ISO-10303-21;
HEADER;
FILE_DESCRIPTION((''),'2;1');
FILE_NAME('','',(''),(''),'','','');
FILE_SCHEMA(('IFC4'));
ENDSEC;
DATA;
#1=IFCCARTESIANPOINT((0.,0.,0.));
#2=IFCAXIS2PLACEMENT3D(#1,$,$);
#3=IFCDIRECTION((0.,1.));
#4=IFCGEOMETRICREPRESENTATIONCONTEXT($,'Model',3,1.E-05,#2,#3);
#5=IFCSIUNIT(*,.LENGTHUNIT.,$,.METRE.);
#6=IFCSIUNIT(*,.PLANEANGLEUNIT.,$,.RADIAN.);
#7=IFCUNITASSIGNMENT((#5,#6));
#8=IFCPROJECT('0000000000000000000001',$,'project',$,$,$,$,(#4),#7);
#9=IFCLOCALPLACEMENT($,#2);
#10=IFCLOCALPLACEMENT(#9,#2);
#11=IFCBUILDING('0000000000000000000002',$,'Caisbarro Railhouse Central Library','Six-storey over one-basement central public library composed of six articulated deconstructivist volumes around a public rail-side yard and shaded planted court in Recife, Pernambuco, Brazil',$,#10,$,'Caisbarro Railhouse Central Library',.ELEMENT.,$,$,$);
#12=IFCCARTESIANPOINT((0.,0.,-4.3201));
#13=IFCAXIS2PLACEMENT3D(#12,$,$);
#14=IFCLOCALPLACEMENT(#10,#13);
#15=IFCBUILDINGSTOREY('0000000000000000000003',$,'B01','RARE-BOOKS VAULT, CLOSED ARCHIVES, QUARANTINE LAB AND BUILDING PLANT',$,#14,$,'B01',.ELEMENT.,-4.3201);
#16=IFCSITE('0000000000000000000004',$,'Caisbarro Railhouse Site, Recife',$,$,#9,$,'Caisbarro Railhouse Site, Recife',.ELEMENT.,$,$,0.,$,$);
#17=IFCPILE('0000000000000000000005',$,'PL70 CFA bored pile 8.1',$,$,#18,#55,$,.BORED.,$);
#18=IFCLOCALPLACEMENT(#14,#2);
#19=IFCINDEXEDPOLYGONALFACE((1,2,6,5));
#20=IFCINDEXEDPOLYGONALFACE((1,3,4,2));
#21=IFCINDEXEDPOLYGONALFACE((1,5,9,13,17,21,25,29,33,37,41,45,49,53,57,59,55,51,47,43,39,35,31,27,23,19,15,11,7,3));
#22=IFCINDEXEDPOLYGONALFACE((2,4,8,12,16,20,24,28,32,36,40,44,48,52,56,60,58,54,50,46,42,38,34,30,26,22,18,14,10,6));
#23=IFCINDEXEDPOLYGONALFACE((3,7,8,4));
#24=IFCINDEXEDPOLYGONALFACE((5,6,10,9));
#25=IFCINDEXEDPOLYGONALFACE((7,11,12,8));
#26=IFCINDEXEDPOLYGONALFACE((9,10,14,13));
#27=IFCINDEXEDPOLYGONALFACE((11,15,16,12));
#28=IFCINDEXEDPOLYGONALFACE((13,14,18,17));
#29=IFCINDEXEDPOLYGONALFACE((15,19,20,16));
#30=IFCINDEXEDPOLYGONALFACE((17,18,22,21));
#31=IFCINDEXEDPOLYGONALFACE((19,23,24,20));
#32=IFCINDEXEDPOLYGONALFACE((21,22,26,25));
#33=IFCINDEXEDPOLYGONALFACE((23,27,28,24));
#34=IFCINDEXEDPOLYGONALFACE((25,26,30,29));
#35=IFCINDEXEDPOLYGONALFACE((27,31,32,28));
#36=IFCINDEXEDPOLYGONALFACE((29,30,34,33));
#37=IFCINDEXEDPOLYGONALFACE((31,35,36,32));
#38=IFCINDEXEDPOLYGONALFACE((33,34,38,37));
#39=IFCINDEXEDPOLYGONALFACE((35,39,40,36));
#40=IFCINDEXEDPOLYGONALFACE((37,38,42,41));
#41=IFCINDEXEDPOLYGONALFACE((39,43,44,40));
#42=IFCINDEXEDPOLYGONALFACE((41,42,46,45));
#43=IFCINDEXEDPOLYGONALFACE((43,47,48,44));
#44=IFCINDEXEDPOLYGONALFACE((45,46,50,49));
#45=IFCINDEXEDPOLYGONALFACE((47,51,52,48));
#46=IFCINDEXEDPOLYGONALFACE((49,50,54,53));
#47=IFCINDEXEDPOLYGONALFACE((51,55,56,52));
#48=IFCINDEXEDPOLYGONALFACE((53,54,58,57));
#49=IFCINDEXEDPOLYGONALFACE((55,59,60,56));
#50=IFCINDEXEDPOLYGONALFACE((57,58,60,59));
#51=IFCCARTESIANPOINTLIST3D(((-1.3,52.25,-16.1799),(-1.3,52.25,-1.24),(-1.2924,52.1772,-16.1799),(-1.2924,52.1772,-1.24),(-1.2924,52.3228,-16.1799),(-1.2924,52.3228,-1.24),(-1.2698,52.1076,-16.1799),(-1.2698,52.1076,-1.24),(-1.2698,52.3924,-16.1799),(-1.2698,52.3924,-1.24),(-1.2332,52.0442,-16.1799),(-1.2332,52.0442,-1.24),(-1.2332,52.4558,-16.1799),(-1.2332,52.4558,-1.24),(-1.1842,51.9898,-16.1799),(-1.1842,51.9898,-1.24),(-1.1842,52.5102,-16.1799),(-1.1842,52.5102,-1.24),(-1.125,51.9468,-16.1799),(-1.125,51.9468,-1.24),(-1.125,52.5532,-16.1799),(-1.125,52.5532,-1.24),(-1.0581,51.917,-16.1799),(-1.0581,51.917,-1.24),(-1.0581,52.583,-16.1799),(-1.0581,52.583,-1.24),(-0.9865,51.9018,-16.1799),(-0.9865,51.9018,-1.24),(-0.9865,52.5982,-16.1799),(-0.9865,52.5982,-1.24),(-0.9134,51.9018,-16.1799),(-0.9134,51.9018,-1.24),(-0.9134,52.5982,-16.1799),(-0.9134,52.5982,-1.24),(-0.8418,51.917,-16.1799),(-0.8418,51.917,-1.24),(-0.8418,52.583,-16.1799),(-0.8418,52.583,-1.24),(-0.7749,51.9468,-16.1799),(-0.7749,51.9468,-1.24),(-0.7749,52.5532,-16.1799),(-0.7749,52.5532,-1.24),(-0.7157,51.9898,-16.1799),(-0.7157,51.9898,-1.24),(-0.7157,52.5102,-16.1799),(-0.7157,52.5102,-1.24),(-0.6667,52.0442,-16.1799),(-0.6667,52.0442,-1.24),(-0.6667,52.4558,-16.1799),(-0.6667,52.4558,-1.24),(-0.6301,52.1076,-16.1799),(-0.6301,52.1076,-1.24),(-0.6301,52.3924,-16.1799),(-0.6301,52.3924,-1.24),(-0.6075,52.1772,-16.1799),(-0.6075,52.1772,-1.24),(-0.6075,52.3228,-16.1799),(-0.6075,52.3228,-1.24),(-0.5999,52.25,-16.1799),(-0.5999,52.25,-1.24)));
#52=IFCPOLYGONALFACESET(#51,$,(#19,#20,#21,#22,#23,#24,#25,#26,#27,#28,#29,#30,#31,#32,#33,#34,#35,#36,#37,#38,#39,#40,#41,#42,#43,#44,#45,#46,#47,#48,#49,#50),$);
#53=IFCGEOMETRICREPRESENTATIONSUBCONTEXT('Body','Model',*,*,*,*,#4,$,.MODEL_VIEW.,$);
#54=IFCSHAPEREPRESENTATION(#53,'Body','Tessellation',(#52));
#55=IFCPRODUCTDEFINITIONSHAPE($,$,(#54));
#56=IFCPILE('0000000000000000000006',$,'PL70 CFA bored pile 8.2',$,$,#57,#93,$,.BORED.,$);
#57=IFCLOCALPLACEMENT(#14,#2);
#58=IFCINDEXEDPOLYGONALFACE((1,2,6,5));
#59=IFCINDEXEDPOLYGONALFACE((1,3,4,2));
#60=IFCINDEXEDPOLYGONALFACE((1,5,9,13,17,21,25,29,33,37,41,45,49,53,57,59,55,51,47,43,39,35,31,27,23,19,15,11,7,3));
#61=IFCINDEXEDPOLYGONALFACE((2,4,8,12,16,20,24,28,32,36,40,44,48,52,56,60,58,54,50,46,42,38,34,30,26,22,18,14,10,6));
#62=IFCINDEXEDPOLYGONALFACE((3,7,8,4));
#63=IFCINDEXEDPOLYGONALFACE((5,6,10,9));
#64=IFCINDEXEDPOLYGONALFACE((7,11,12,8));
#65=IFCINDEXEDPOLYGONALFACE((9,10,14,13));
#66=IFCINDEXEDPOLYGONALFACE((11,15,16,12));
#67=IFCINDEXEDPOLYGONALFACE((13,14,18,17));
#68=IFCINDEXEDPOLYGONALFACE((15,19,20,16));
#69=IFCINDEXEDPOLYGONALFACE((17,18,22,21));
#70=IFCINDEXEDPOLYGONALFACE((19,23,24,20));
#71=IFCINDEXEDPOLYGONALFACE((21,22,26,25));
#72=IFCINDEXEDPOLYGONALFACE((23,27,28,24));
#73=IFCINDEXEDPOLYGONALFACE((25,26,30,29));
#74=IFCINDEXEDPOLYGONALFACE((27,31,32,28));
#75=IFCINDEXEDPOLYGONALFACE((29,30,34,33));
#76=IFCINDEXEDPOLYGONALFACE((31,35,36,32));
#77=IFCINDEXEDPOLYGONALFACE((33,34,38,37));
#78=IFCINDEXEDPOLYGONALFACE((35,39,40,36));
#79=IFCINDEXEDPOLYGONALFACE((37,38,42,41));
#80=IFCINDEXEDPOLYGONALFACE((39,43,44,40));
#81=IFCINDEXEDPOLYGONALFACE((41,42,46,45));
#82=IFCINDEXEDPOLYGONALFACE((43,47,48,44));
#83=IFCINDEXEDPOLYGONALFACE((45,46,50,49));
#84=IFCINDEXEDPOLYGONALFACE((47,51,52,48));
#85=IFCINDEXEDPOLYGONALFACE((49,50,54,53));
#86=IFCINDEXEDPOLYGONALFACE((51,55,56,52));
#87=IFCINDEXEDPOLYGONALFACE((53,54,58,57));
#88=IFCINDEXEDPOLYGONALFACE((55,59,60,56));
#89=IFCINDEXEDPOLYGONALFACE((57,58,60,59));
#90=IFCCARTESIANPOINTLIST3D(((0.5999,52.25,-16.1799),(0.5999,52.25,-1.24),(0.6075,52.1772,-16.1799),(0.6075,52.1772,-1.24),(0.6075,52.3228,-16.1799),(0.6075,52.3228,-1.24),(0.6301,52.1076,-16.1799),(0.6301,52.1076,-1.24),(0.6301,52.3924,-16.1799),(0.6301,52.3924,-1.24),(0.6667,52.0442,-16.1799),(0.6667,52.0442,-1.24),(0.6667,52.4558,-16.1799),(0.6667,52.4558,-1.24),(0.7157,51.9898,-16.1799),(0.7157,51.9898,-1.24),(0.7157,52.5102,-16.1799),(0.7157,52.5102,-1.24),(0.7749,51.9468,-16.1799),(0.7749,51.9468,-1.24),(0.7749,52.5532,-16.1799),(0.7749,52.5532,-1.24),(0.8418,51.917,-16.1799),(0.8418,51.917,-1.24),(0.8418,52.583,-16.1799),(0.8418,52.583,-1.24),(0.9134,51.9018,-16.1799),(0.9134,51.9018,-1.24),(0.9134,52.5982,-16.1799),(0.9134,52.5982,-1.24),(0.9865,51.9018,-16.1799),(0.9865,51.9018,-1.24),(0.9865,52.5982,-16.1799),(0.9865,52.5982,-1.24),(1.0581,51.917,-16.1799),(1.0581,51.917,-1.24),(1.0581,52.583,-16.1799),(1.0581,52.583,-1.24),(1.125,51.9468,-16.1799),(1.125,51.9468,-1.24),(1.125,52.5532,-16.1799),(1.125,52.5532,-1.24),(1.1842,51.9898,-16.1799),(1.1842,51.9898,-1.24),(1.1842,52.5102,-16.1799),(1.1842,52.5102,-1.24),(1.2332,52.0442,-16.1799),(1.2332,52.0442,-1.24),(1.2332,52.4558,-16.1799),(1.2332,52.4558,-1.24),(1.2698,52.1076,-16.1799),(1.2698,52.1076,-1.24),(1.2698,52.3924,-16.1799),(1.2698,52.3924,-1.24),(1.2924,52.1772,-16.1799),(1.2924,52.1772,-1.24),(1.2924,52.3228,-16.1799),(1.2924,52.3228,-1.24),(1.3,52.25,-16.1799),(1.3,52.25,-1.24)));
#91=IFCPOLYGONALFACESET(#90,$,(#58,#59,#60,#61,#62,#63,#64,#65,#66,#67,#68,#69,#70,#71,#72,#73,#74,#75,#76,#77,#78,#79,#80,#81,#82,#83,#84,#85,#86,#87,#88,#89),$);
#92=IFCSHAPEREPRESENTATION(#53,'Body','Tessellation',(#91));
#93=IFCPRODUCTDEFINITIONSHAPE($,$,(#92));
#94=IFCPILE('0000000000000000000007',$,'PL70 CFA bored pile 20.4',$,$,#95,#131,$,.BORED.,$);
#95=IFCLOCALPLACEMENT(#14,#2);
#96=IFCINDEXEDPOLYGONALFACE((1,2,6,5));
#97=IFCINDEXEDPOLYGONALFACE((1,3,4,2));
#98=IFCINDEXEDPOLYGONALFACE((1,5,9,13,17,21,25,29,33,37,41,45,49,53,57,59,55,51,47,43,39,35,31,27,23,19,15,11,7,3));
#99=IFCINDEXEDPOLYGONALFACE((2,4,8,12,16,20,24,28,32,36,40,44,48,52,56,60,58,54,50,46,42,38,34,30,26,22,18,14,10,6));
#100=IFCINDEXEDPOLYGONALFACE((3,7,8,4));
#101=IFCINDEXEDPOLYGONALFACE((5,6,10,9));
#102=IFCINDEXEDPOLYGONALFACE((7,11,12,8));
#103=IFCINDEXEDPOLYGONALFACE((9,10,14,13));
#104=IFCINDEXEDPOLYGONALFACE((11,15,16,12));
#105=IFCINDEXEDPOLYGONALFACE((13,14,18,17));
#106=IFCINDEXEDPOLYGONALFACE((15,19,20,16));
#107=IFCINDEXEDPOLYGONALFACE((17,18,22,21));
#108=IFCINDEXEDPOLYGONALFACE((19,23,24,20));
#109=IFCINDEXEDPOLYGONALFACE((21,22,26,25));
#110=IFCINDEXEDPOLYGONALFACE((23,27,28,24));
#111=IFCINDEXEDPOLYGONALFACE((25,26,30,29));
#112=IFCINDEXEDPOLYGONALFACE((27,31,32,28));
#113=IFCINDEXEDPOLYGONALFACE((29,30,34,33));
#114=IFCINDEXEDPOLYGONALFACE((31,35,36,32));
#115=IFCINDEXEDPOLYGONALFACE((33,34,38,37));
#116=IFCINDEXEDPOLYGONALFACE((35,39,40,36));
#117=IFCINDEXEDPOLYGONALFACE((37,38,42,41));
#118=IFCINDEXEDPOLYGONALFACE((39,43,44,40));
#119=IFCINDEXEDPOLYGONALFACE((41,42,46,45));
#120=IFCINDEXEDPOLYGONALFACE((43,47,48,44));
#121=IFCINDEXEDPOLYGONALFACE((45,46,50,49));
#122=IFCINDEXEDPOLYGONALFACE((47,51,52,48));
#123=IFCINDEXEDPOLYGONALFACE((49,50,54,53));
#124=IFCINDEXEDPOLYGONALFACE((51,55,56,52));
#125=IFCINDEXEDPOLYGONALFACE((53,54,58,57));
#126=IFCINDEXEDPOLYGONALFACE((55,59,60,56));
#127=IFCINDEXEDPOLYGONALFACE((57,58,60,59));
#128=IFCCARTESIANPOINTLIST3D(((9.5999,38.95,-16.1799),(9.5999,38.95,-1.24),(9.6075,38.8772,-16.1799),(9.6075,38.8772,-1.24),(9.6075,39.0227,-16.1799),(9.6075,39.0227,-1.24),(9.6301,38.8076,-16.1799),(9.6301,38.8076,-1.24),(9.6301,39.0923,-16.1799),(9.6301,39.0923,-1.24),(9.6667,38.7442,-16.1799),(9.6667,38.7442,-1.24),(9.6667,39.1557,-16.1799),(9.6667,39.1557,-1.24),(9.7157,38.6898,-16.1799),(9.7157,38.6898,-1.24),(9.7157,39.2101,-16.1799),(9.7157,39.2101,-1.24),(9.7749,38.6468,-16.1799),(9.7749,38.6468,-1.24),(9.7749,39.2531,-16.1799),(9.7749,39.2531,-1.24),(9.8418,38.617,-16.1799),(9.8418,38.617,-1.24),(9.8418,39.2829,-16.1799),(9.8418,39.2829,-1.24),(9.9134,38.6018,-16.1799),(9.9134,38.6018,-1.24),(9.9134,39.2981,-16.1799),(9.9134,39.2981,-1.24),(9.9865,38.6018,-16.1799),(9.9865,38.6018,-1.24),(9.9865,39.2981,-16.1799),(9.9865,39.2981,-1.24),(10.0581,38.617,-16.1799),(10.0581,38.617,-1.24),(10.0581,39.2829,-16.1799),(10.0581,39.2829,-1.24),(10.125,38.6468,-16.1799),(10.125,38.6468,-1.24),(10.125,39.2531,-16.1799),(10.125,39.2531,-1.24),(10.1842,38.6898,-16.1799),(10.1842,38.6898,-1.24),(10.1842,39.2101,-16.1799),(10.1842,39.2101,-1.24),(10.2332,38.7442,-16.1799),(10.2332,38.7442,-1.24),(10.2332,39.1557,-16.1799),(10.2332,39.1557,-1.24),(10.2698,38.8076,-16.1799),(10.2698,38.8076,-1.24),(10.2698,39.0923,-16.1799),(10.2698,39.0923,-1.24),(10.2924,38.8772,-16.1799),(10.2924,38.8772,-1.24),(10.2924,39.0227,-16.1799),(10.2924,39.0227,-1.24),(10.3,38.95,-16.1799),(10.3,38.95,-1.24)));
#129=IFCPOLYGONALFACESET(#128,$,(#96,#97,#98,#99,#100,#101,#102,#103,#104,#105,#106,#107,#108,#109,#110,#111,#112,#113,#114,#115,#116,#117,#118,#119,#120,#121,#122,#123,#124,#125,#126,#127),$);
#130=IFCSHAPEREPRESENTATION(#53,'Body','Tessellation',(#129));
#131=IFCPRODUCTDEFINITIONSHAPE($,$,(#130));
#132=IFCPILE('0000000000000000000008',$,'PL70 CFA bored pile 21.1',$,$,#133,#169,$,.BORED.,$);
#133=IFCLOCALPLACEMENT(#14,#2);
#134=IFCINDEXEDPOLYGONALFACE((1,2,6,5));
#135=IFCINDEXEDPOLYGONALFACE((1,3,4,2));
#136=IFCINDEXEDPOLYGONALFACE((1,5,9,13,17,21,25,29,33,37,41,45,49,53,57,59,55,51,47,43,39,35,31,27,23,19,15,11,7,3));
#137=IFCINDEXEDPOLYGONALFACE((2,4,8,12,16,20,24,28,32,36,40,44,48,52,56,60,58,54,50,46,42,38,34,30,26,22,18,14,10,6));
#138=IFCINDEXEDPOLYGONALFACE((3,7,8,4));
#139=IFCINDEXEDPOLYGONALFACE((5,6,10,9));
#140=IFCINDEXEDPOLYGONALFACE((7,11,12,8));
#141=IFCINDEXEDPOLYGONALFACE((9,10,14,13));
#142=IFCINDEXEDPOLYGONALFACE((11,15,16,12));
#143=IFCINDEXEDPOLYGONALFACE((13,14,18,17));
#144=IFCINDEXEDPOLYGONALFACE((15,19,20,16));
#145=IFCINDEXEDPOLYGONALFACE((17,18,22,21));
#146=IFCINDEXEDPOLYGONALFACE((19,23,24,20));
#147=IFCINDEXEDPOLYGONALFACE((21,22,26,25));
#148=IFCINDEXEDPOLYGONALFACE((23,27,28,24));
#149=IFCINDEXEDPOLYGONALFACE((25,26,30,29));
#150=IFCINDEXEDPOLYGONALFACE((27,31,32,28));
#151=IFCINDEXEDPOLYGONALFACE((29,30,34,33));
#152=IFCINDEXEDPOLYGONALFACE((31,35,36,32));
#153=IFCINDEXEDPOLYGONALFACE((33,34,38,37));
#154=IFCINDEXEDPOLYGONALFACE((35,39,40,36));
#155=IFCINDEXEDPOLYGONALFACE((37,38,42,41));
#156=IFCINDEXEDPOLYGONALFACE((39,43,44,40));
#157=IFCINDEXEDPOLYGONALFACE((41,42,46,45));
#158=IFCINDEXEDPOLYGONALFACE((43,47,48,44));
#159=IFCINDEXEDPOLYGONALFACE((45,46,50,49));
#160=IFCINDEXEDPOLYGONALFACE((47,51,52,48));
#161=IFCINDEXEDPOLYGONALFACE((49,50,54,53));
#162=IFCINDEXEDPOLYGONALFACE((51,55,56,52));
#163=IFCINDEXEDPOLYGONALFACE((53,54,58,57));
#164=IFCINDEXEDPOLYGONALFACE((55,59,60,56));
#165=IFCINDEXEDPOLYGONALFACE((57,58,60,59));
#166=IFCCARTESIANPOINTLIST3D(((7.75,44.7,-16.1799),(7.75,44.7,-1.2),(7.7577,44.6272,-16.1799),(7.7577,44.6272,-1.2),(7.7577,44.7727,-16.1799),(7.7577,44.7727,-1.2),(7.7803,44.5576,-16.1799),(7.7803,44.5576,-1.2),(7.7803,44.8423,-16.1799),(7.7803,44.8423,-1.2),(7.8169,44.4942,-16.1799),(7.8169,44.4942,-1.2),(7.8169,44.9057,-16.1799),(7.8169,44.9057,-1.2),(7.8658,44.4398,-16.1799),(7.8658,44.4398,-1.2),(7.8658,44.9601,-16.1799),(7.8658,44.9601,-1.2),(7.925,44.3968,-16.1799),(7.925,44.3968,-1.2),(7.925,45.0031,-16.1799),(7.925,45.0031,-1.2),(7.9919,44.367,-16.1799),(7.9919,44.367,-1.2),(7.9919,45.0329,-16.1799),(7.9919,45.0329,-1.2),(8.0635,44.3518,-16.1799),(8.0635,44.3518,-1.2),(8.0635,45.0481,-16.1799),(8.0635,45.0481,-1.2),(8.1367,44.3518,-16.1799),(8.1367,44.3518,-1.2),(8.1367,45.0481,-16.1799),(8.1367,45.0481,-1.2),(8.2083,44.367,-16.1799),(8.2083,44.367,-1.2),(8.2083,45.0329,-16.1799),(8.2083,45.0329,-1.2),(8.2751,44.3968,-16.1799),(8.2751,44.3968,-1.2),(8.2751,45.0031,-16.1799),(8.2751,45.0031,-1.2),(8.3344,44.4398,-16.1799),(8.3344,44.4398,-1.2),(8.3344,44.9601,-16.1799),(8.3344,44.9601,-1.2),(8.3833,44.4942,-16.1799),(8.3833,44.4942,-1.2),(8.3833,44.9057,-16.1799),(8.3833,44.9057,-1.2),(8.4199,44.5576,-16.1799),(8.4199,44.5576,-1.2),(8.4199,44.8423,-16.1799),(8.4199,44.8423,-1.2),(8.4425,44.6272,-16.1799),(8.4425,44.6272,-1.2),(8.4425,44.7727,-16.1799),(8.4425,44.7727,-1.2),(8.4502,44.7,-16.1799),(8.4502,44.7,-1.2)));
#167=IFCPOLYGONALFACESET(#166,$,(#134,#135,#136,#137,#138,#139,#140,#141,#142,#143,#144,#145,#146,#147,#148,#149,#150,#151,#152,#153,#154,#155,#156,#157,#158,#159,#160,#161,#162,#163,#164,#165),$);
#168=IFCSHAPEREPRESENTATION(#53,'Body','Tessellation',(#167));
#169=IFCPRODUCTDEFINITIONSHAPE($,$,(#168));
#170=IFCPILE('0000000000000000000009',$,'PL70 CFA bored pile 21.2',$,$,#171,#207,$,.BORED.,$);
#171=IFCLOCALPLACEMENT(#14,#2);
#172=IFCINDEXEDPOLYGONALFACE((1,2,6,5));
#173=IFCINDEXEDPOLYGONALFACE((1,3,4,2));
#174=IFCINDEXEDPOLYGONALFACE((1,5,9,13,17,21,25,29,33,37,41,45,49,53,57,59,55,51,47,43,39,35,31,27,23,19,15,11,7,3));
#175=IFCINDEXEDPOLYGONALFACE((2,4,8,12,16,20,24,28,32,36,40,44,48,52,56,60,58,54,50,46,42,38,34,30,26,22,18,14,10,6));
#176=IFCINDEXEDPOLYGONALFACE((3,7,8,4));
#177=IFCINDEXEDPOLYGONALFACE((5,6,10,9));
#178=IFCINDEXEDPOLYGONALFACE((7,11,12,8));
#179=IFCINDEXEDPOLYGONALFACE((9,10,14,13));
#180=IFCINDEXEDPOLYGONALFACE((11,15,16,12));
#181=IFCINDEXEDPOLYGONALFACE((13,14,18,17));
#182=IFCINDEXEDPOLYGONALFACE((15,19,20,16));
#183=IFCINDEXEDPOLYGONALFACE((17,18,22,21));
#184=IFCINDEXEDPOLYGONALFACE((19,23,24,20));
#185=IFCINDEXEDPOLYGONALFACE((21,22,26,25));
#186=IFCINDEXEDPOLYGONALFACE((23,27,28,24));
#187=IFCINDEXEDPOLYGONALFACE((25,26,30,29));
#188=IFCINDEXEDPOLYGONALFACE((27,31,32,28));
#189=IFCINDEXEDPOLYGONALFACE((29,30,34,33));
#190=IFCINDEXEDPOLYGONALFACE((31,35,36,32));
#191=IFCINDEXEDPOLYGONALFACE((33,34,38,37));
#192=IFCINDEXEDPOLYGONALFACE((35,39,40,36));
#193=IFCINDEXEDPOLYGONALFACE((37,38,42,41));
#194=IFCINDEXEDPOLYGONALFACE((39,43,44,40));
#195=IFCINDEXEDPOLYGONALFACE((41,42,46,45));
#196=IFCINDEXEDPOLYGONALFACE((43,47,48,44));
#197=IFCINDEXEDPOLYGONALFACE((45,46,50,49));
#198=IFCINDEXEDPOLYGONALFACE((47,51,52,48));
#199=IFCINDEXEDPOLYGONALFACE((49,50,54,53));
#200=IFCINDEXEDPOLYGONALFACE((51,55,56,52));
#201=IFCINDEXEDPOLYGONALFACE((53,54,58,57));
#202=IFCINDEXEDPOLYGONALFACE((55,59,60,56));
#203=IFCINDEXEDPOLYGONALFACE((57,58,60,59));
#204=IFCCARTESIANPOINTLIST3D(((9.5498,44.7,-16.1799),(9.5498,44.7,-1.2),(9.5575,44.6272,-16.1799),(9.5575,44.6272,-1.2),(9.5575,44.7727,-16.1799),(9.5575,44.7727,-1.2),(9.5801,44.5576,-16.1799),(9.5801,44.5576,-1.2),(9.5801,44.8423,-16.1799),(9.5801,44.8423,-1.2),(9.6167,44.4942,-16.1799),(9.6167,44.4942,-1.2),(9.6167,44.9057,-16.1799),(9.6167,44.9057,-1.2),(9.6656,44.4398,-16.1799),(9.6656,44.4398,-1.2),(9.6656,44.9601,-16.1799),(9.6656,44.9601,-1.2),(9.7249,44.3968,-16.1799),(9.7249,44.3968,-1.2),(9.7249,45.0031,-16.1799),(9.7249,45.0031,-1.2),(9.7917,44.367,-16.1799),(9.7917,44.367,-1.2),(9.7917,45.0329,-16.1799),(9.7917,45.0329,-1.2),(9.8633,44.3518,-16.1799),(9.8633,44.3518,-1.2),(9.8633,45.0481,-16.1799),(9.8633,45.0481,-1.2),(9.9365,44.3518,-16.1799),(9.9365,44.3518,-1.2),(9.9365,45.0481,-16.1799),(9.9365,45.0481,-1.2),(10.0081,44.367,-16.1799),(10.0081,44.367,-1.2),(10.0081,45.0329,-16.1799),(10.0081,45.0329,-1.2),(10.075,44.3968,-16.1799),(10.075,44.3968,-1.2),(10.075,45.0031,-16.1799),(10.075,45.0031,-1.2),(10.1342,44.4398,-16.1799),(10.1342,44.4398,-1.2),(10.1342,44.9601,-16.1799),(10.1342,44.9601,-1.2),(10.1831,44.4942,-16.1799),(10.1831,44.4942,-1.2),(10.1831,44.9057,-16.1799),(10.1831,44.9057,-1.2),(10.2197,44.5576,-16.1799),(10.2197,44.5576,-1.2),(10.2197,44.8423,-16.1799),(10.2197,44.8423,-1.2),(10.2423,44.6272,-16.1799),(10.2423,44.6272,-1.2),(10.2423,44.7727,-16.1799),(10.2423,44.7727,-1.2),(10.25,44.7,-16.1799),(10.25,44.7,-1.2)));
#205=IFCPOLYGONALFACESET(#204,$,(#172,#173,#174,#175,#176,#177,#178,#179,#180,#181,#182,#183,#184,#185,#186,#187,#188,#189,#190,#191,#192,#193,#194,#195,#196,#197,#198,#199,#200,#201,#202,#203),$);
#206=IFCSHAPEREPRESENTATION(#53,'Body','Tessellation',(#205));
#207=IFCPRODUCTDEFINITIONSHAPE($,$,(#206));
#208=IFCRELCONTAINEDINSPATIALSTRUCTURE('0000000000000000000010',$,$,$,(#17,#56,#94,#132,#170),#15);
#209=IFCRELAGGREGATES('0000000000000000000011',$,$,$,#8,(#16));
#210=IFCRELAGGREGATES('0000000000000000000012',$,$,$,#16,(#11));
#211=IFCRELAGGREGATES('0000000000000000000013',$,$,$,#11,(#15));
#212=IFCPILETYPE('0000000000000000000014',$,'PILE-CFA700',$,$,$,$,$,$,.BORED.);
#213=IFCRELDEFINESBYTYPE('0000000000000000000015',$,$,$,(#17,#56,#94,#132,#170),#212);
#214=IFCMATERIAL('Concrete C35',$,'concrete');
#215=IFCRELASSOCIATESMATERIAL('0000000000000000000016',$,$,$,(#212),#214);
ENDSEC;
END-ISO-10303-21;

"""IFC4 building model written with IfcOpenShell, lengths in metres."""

from ifc_helpers import new_model, si_unit, direction, frame, origin, origin_2d, place, context, subcontext, project, spatial, circle, extrude, material, material_profile, profile_set, type_object, element, save


model = new_model("IFC4")

# Units and contexts
model_context = context("Model", 3, precision=1e-05, world=origin(), true_north=direction((0.0, 1.0)))
body_context = subcontext(model_context, "Body", "Model", "MODEL_VIEW")
ifc_project = project(units=[si_unit("LENGTHUNIT", "METRE"), si_unit("PLANEANGLEUNIT", "RADIAN")], contexts=[model_context])

# Site, building, storey
site_placement = place(None, origin())
site = spatial("IfcSite", under=ifc_project, at=site_placement, Name="Caisbarro Railhouse Site, Recife", LongName="Caisbarro Railhouse Site, Recife", CompositionType="ELEMENT", RefElevation=0.0)
building_placement = place(site_placement, origin())
building = spatial("IfcBuilding", under=site, at=building_placement, Name="Caisbarro Railhouse Central Library", Description="Six-storey over one-basement central public library composed of six articulated deconstructivist volumes around a public rail-side yard and shaded planted court in Recife, Pernambuco, Brazil", LongName="Caisbarro Railhouse Central Library", CompositionType="ELEMENT")
storey_placement = place(building_placement, frame((0.0, 0.0, -4.3201)))
storey = spatial("IfcBuildingStorey", under=building, at=storey_placement, Name="B01", Description="RARE-BOOKS VAULT, CLOSED ARCHIVES, QUARANTINE LAB AND BUILDING PLANT", LongName="B01", CompositionType="ELEMENT", Elevation=-4.3201)

# Shared definitions
ifc_material_1 = material(Name="Concrete C35", Category="concrete")

# Piles
ifc_material_profile_1 = material_profile(ifc_material_1, circle(Radius=0.3501, at=origin_2d()), Name="PILE-CFA-700")
ifc_profile_set_1 = profile_set([ifc_material_profile_1], Name="Concrete C35")
pile_type_1 = type_object("IfcPileType", Name="PILE-CFA700", PredefinedType="BORED", material=ifc_profile_set_1)
for number, where, z_axis, x_axis, name in (
    (1, (-0.95, 52.25, -1.24), (0.0, 0.0, -1.0), (1.0, 0.0, 0.0), "PL70 CFA bored pile 8.1"),
    (2, (0.95, 52.25, -1.24), (0.0, 0.0, -1.0), (1.0, 0.0, 0.0), "PL70 CFA bored pile 8.2"),
    (3, (9.95, 38.95, -1.24), (0.0, 0.0, -1.0), (1.0, 0.0, 0.0), "PL70 CFA bored pile 20.4"),
):
    element("IfcPile", number, at=place(storey_placement, frame(where, z_axis=z_axis, x_axis=x_axis)), inside=storey, type_object=pile_type_1, Name=name, PredefinedType="BORED", context=body_context, shape_type="SweptSolid", body=[
        extrude(circle(Radius=0.3501, at=origin_2d()), origin(), (0.0, 0.0, 1.0), 14.9399),
    ])
for number, where, z_axis, x_axis, name in (
    (4, (8.1001, 44.7, -1.2), (0.0, 0.0, -1.0), (1.0, 0.0, 0.0), "PL70 CFA bored pile 21.1"),
    (5, (9.8999, 44.7, -1.2), (0.0, 0.0, -1.0), (1.0, 0.0, 0.0), "PL70 CFA bored pile 21.2"),
):
    element("IfcPile", number, at=place(storey_placement, frame(where, z_axis=z_axis, x_axis=x_axis)), inside=storey, type_object=pile_type_1, Name=name, PredefinedType="BORED", context=body_context, shape_type="SweptSolid", body=[
        extrude(circle(Radius=0.3501, at=origin_2d()), origin(), (0.0, 0.0, 1.0), 14.98),
    ])

save(model, "model.ifc")
